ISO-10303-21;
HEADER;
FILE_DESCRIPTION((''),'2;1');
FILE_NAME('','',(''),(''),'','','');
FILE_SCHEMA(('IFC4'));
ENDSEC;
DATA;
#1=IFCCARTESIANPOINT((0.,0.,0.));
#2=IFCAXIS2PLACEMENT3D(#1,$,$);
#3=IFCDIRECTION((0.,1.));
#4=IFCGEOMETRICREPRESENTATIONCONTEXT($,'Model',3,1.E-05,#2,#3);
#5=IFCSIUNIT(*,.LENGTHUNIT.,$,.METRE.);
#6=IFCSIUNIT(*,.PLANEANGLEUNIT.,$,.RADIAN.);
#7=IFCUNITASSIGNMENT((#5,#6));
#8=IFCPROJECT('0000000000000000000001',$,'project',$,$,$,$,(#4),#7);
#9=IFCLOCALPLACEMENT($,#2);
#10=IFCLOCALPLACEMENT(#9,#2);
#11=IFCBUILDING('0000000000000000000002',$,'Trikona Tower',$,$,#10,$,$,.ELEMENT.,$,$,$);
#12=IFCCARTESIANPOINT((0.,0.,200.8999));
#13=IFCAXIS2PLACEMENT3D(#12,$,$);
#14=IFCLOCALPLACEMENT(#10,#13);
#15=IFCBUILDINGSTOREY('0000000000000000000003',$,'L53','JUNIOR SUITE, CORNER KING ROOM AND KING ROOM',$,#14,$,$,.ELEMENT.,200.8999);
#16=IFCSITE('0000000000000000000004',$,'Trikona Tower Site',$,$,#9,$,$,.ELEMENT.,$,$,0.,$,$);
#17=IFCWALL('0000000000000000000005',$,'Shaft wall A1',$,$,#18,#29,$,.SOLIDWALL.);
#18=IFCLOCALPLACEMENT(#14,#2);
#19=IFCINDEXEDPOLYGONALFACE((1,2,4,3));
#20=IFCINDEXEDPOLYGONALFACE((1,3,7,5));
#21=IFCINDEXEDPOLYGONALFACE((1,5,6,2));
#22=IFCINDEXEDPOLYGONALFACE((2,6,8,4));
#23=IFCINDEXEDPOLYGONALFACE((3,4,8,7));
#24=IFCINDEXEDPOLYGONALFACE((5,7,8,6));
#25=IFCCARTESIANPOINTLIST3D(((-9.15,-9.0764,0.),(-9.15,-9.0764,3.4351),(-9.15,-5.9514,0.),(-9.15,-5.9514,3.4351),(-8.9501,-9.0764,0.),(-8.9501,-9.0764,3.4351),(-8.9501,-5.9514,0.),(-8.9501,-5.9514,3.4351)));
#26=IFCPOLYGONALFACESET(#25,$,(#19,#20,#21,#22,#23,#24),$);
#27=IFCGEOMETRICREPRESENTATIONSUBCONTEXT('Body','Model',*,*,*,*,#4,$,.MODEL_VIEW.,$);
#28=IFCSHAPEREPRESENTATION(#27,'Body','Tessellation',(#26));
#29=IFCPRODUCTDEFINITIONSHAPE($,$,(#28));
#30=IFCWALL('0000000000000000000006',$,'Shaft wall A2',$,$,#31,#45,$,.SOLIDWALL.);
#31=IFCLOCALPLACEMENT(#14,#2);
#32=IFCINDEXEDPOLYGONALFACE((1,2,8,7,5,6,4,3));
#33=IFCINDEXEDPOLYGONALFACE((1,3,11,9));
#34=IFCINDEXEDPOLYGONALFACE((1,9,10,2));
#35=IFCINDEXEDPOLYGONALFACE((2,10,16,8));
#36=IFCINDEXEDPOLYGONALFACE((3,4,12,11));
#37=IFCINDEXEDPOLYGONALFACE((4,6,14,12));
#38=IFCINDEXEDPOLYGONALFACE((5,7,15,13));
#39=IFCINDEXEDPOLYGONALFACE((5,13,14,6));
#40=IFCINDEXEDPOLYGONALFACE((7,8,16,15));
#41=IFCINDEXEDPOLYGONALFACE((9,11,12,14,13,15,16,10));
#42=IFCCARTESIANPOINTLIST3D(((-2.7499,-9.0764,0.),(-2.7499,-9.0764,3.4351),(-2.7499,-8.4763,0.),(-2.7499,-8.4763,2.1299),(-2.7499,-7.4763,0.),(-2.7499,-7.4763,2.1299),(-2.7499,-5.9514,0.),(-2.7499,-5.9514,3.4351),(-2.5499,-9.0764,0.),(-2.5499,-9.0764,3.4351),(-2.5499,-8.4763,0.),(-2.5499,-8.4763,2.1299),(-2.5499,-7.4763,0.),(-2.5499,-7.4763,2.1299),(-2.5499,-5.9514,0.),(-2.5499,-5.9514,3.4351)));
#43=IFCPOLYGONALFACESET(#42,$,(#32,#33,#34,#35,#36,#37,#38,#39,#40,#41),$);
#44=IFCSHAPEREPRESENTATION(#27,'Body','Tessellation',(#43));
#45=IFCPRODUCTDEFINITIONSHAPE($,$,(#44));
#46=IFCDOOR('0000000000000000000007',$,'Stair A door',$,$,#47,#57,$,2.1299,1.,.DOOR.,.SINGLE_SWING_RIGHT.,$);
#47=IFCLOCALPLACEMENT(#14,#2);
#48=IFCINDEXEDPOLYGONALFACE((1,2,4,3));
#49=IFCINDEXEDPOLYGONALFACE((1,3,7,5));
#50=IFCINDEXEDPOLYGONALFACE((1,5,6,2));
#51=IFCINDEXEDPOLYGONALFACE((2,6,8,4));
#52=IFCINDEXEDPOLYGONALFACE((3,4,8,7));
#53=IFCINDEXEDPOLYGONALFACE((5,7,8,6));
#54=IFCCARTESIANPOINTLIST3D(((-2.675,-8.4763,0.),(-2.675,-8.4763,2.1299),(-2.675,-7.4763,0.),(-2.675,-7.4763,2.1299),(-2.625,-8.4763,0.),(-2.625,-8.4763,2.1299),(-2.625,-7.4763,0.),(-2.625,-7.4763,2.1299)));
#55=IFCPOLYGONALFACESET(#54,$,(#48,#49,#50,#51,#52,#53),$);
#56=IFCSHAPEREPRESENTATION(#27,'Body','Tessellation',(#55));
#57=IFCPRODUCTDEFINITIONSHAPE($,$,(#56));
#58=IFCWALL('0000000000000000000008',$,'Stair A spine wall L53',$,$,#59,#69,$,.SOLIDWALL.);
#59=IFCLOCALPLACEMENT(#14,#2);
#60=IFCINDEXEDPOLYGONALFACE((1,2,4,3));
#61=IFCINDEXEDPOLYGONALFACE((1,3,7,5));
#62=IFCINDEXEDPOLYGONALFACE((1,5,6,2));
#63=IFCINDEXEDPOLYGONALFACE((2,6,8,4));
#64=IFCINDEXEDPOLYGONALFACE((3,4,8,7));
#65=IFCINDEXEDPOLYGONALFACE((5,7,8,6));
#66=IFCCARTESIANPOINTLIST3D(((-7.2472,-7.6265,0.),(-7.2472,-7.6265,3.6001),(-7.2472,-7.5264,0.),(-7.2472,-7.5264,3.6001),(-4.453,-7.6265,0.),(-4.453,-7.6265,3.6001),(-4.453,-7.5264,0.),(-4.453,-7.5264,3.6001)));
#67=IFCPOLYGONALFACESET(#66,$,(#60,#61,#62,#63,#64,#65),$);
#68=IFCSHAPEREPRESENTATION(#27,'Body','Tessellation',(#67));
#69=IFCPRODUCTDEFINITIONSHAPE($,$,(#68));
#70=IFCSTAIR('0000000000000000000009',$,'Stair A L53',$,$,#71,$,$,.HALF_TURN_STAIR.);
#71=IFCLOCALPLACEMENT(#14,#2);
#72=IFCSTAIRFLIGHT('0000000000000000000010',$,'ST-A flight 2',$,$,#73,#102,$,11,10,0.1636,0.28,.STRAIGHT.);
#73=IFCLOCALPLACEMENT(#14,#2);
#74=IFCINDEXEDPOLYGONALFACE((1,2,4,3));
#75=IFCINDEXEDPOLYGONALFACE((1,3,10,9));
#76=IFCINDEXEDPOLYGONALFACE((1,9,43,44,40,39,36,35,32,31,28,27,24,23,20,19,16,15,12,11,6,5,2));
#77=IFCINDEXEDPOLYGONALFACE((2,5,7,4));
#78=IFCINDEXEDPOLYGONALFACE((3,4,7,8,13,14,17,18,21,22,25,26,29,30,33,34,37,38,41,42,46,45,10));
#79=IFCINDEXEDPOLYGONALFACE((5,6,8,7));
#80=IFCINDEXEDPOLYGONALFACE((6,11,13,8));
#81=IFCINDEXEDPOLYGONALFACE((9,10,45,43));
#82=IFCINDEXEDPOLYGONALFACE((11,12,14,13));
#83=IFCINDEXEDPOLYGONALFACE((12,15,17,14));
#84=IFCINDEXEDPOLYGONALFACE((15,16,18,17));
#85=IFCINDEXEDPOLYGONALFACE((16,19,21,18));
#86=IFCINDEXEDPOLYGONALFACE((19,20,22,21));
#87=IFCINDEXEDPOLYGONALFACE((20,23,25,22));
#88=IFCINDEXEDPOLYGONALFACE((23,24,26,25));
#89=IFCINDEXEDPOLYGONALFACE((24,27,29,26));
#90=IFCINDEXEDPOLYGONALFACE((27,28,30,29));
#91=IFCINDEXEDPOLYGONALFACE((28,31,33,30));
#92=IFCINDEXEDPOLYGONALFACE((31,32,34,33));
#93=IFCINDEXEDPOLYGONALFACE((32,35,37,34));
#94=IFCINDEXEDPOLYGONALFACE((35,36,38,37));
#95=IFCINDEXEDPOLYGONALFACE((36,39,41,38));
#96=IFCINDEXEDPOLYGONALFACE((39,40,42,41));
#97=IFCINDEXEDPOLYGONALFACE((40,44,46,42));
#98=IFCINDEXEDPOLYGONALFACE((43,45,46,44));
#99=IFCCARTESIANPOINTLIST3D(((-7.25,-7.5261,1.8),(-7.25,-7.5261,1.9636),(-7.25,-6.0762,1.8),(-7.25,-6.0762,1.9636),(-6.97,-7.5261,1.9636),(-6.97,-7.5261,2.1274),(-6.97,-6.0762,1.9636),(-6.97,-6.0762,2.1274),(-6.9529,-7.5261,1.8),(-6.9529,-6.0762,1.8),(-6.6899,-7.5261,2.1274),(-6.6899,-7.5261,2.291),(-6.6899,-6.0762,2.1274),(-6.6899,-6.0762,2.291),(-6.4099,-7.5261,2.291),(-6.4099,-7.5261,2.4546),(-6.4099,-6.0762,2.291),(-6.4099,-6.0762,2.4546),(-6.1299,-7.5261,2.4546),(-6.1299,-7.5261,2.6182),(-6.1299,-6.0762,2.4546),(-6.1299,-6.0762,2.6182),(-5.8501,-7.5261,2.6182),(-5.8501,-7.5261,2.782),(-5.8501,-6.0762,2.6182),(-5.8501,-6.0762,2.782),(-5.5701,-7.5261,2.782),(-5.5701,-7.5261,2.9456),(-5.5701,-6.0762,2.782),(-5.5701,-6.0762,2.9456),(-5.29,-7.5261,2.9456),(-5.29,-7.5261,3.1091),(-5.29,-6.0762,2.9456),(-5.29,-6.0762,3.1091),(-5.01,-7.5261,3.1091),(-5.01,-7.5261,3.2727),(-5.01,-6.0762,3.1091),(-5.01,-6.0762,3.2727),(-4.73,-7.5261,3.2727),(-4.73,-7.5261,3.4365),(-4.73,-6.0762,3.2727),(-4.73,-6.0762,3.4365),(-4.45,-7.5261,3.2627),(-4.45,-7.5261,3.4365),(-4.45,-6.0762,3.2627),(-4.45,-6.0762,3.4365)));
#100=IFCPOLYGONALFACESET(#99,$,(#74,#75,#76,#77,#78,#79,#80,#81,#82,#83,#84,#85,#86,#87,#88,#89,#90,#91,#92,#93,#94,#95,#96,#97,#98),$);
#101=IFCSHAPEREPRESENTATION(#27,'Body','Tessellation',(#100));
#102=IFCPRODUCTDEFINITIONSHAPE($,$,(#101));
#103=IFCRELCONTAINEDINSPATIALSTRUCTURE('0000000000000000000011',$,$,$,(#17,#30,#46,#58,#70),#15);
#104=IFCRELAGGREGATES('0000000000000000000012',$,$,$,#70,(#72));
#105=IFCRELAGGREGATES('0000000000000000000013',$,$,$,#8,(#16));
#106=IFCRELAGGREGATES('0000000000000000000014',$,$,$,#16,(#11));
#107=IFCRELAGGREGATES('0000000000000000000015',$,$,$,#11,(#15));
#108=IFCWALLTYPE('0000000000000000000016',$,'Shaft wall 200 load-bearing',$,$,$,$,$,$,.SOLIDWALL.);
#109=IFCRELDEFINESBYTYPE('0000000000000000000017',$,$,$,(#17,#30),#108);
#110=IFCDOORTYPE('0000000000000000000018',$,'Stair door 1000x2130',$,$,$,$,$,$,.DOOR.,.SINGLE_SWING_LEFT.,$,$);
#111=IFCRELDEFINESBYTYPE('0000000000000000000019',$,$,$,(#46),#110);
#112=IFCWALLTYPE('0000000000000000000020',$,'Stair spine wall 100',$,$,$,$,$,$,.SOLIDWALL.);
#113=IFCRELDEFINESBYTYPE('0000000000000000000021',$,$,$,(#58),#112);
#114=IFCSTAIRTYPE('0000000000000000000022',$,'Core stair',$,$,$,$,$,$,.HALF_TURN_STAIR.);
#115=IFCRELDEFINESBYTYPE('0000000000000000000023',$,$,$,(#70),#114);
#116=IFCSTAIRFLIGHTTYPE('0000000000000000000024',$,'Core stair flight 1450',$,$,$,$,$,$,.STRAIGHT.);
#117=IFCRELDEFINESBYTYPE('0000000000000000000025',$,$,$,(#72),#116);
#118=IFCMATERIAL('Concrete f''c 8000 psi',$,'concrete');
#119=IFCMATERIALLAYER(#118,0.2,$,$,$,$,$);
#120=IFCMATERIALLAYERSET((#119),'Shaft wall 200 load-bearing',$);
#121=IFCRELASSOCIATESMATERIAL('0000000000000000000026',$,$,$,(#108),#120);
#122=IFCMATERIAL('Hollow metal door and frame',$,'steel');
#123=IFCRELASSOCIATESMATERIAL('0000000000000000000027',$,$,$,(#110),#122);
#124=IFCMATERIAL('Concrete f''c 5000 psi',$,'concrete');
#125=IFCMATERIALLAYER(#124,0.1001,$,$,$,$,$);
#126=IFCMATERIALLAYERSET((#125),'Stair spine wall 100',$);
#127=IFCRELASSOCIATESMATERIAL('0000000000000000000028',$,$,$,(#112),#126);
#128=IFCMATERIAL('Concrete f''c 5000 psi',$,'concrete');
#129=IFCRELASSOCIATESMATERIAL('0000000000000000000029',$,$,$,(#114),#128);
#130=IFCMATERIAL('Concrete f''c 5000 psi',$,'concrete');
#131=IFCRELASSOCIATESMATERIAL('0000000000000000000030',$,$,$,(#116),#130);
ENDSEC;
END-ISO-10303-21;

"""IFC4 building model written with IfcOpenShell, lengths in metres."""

from ifc_helpers import new_model, si_unit, direction, frame, frame_2d, origin, place, context, subcontext, project, spatial, polyline, rectangle, outline, extrude, material, layer, layer_set, type_object, element, fill, aggregate, save


model = new_model("IFC4")

# Units and contexts
model_context = context("Model", 3, precision=1e-05, world=origin(), true_north=direction((0.0, 1.0)))
body_context = subcontext(model_context, "Body", "Model", "MODEL_VIEW")
ifc_project = project(units=[si_unit("LENGTHUNIT", "METRE"), si_unit("PLANEANGLEUNIT", "RADIAN")], contexts=[model_context])

# Site, building, storey
site_placement = place(None, origin())
site = spatial("IfcSite", under=ifc_project, at=site_placement, Name="Trikona Tower Site", CompositionType="ELEMENT", RefElevation=0.0)
building_placement = place(site_placement, origin())
building = spatial("IfcBuilding", under=site, at=building_placement, Name="Trikona Tower", CompositionType="ELEMENT")
storey_placement = place(building_placement, frame((0.0, 0.0, 200.8999)))
storey = spatial("IfcBuildingStorey", under=building, at=storey_placement, Name="L53", Description="JUNIOR SUITE, CORNER KING ROOM AND KING ROOM", CompositionType="ELEMENT", Elevation=200.8999)

# Wall
ifc_material_1 = material(Name="Concrete f'c 8000 psi", Category="concrete")
ifc_layer_1 = layer(ifc_material_1, 0.2)
ifc_layer_set_1 = layer_set([ifc_layer_1], Name="Shaft wall 200 load-bearing")
wall_type_1 = type_object("IfcWallType", Name="Shaft wall 200 load-bearing", PredefinedType="SOLIDWALL", material=ifc_layer_set_1)
wall_1_placement = place(storey_placement, frame((-9.05, -5.9514, 0.0), z_axis=(0.0, 0.0, 1.0), x_axis=(0.0, -1.0, 0.0)))
element("IfcWall", 1, at=wall_1_placement, inside=storey, type_object=wall_type_1, Name="Shaft wall A1", PredefinedType="SOLIDWALL", context=body_context, shape_type="SweptSolid", body=[
    extrude(rectangle(XDim=3.125, YDim=0.2, at=frame_2d((1.5625, 0.0))), origin(), (0.0, 0.0, 1.0), 3.4351),
])

# Wall, opening, door
wall_2_placement = place(storey_placement, frame((-2.6499, -5.9514, 0.0), z_axis=(0.0, 0.0, 1.0), x_axis=(0.0, -1.0, 0.0)))
wall_2 = element("IfcWall", 2, at=wall_2_placement, inside=storey, type_object=wall_type_1, Name="Shaft wall A2", PredefinedType="SOLIDWALL", context=body_context, shape_type="SweptSolid", body=[
    extrude(rectangle(XDim=3.125, YDim=0.2, at=frame_2d((1.5625, 0.0))), origin(), (0.0, 0.0, 1.0), 3.4351),
])
opening_1_placement = place(wall_2_placement, frame((1.5249, 0.0, 0.0)))
opening_1 = element("IfcOpeningElement", 3, at=opening_1_placement, cuts=wall_2, PredefinedType="OPENING", context=body_context, shape_type="SweptSolid", body=[
    extrude(rectangle(XDim=1.0, YDim=2.1299, at=frame_2d((0.5, 1.0649))), frame((0.0, 0.1099, 0.0), z_axis=(0.0, -1.0, 0.0), x_axis=(1.0, 0.0, 0.0)), (0.0, 0.0, 1.0), 0.22),
])
ifc_material_2 = material(Name="Hollow metal door and frame", Category="steel")
door_type_1 = type_object("IfcDoorType", Name="Stair door 1000x2130", OperationType="SINGLE_SWING_LEFT", PredefinedType="DOOR", material=ifc_material_2)
door_1_placement = place(opening_1_placement, origin())
door_1 = element("IfcDoor", 4, at=door_1_placement, inside=storey, type_object=door_type_1, Name="Stair A door", OperationType="SINGLE_SWING_RIGHT", OverallHeight=2.1299, OverallWidth=1.0, PredefinedType="DOOR", context=body_context, shape_type="SweptSolid", body=[
    extrude(rectangle(XDim=1.0, YDim=2.1299, at=frame_2d((0.5, 1.0649))), frame((0.0, 0.0249, 0.0), z_axis=(0.0, -1.0, 0.0), x_axis=(1.0, 0.0, 0.0)), (0.0, 0.0, 1.0), 0.05),
])
fill(opening_1, door_1)

# Wall
ifc_material_3 = material(Name="Concrete f'c 5000 psi", Category="concrete")
ifc_layer_2 = layer(ifc_material_3, 0.1001)
ifc_layer_set_2 = layer_set([ifc_layer_2], Name="Stair spine wall 100")
wall_type_2 = type_object("IfcWallType", Name="Stair spine wall 100", PredefinedType="SOLIDWALL", material=ifc_layer_set_2)
wall_3_placement = place(storey_placement, frame((-7.2471, -7.5764, 0.0), z_axis=(0.0, 0.0, 1.0), x_axis=(1.0, 0.0, 0.0)))
element("IfcWall", 5, at=wall_3_placement, inside=storey, type_object=wall_type_2, Name="Stair A spine wall L53", PredefinedType="SOLIDWALL", context=body_context, shape_type="SweptSolid", body=[
    extrude(rectangle(XDim=2.7942, YDim=0.1001, at=frame_2d((1.397, 0.0))), origin(), (0.0, 0.0, 1.0), 3.6001),
])

# Stair, stair flight
ifc_material_4 = material(Name="Concrete f'c 5000 psi", Category="concrete")
stair_type = type_object("IfcStairType", Name="Core stair", PredefinedType="HALF_TURN_STAIR", material=ifc_material_4)
stair_placement = place(storey_placement, origin())
stair = element("IfcStair", 6, at=stair_placement, inside=storey, type_object=stair_type, Name="Stair A L53", PredefinedType="HALF_TURN_STAIR")
ifc_material_5 = material(Name="Concrete f'c 5000 psi", Category="concrete")
stair_flight_type = type_object("IfcStairFlightType", Name="Core stair flight 1450", PredefinedType="STRAIGHT", material=ifc_material_5)
stair_flight_placement = place(storey_placement, frame((-7.25, -6.8013, 1.8), z_axis=(0.0, 0.0, 1.0), x_axis=(1.0, 0.0, 0.0)))
stair_flight = element("IfcStairFlight", 7, at=stair_flight_placement, type_object=stair_flight_type, Name="ST-A flight 2", NumberOfRisers=11, NumberOfTreads=10, PredefinedType="STRAIGHT", RiserHeight=0.1636, TreadLength=0.28, context=body_context, shape_type="SweptSolid", body=[
    extrude(outline(polyline([(0.0, 0.0), (0.0, 0.1636), (0.28, 0.1636), (0.28, 0.3274), (0.5601, 0.3274), (0.5601, 0.491), (0.8401, 0.491), (0.8401, 0.6545), (1.1201, 0.6545), (1.1201, 0.8181), (1.3999, 0.8181), (1.3999, 0.9819), (1.6799, 0.9819), (1.6799, 1.1455), (1.96, 1.1455), (1.96, 1.3091), (2.24, 1.3091), (2.24, 1.4727), (2.52, 1.4727), (2.52, 1.6365), (2.8, 1.6365), (2.8, 1.8), (2.8, 1.4626), (0.2971, 0.0), (0.0, 0.0)])), frame((0.0, 0.7251, 0.0), z_axis=(0.0, -1.0, 0.0), x_axis=(1.0, 0.0, 0.0)), (0.0, 0.0, 1.0), 1.45),
])
aggregate(stair, [stair_flight])

save(model, "model.ifc")
